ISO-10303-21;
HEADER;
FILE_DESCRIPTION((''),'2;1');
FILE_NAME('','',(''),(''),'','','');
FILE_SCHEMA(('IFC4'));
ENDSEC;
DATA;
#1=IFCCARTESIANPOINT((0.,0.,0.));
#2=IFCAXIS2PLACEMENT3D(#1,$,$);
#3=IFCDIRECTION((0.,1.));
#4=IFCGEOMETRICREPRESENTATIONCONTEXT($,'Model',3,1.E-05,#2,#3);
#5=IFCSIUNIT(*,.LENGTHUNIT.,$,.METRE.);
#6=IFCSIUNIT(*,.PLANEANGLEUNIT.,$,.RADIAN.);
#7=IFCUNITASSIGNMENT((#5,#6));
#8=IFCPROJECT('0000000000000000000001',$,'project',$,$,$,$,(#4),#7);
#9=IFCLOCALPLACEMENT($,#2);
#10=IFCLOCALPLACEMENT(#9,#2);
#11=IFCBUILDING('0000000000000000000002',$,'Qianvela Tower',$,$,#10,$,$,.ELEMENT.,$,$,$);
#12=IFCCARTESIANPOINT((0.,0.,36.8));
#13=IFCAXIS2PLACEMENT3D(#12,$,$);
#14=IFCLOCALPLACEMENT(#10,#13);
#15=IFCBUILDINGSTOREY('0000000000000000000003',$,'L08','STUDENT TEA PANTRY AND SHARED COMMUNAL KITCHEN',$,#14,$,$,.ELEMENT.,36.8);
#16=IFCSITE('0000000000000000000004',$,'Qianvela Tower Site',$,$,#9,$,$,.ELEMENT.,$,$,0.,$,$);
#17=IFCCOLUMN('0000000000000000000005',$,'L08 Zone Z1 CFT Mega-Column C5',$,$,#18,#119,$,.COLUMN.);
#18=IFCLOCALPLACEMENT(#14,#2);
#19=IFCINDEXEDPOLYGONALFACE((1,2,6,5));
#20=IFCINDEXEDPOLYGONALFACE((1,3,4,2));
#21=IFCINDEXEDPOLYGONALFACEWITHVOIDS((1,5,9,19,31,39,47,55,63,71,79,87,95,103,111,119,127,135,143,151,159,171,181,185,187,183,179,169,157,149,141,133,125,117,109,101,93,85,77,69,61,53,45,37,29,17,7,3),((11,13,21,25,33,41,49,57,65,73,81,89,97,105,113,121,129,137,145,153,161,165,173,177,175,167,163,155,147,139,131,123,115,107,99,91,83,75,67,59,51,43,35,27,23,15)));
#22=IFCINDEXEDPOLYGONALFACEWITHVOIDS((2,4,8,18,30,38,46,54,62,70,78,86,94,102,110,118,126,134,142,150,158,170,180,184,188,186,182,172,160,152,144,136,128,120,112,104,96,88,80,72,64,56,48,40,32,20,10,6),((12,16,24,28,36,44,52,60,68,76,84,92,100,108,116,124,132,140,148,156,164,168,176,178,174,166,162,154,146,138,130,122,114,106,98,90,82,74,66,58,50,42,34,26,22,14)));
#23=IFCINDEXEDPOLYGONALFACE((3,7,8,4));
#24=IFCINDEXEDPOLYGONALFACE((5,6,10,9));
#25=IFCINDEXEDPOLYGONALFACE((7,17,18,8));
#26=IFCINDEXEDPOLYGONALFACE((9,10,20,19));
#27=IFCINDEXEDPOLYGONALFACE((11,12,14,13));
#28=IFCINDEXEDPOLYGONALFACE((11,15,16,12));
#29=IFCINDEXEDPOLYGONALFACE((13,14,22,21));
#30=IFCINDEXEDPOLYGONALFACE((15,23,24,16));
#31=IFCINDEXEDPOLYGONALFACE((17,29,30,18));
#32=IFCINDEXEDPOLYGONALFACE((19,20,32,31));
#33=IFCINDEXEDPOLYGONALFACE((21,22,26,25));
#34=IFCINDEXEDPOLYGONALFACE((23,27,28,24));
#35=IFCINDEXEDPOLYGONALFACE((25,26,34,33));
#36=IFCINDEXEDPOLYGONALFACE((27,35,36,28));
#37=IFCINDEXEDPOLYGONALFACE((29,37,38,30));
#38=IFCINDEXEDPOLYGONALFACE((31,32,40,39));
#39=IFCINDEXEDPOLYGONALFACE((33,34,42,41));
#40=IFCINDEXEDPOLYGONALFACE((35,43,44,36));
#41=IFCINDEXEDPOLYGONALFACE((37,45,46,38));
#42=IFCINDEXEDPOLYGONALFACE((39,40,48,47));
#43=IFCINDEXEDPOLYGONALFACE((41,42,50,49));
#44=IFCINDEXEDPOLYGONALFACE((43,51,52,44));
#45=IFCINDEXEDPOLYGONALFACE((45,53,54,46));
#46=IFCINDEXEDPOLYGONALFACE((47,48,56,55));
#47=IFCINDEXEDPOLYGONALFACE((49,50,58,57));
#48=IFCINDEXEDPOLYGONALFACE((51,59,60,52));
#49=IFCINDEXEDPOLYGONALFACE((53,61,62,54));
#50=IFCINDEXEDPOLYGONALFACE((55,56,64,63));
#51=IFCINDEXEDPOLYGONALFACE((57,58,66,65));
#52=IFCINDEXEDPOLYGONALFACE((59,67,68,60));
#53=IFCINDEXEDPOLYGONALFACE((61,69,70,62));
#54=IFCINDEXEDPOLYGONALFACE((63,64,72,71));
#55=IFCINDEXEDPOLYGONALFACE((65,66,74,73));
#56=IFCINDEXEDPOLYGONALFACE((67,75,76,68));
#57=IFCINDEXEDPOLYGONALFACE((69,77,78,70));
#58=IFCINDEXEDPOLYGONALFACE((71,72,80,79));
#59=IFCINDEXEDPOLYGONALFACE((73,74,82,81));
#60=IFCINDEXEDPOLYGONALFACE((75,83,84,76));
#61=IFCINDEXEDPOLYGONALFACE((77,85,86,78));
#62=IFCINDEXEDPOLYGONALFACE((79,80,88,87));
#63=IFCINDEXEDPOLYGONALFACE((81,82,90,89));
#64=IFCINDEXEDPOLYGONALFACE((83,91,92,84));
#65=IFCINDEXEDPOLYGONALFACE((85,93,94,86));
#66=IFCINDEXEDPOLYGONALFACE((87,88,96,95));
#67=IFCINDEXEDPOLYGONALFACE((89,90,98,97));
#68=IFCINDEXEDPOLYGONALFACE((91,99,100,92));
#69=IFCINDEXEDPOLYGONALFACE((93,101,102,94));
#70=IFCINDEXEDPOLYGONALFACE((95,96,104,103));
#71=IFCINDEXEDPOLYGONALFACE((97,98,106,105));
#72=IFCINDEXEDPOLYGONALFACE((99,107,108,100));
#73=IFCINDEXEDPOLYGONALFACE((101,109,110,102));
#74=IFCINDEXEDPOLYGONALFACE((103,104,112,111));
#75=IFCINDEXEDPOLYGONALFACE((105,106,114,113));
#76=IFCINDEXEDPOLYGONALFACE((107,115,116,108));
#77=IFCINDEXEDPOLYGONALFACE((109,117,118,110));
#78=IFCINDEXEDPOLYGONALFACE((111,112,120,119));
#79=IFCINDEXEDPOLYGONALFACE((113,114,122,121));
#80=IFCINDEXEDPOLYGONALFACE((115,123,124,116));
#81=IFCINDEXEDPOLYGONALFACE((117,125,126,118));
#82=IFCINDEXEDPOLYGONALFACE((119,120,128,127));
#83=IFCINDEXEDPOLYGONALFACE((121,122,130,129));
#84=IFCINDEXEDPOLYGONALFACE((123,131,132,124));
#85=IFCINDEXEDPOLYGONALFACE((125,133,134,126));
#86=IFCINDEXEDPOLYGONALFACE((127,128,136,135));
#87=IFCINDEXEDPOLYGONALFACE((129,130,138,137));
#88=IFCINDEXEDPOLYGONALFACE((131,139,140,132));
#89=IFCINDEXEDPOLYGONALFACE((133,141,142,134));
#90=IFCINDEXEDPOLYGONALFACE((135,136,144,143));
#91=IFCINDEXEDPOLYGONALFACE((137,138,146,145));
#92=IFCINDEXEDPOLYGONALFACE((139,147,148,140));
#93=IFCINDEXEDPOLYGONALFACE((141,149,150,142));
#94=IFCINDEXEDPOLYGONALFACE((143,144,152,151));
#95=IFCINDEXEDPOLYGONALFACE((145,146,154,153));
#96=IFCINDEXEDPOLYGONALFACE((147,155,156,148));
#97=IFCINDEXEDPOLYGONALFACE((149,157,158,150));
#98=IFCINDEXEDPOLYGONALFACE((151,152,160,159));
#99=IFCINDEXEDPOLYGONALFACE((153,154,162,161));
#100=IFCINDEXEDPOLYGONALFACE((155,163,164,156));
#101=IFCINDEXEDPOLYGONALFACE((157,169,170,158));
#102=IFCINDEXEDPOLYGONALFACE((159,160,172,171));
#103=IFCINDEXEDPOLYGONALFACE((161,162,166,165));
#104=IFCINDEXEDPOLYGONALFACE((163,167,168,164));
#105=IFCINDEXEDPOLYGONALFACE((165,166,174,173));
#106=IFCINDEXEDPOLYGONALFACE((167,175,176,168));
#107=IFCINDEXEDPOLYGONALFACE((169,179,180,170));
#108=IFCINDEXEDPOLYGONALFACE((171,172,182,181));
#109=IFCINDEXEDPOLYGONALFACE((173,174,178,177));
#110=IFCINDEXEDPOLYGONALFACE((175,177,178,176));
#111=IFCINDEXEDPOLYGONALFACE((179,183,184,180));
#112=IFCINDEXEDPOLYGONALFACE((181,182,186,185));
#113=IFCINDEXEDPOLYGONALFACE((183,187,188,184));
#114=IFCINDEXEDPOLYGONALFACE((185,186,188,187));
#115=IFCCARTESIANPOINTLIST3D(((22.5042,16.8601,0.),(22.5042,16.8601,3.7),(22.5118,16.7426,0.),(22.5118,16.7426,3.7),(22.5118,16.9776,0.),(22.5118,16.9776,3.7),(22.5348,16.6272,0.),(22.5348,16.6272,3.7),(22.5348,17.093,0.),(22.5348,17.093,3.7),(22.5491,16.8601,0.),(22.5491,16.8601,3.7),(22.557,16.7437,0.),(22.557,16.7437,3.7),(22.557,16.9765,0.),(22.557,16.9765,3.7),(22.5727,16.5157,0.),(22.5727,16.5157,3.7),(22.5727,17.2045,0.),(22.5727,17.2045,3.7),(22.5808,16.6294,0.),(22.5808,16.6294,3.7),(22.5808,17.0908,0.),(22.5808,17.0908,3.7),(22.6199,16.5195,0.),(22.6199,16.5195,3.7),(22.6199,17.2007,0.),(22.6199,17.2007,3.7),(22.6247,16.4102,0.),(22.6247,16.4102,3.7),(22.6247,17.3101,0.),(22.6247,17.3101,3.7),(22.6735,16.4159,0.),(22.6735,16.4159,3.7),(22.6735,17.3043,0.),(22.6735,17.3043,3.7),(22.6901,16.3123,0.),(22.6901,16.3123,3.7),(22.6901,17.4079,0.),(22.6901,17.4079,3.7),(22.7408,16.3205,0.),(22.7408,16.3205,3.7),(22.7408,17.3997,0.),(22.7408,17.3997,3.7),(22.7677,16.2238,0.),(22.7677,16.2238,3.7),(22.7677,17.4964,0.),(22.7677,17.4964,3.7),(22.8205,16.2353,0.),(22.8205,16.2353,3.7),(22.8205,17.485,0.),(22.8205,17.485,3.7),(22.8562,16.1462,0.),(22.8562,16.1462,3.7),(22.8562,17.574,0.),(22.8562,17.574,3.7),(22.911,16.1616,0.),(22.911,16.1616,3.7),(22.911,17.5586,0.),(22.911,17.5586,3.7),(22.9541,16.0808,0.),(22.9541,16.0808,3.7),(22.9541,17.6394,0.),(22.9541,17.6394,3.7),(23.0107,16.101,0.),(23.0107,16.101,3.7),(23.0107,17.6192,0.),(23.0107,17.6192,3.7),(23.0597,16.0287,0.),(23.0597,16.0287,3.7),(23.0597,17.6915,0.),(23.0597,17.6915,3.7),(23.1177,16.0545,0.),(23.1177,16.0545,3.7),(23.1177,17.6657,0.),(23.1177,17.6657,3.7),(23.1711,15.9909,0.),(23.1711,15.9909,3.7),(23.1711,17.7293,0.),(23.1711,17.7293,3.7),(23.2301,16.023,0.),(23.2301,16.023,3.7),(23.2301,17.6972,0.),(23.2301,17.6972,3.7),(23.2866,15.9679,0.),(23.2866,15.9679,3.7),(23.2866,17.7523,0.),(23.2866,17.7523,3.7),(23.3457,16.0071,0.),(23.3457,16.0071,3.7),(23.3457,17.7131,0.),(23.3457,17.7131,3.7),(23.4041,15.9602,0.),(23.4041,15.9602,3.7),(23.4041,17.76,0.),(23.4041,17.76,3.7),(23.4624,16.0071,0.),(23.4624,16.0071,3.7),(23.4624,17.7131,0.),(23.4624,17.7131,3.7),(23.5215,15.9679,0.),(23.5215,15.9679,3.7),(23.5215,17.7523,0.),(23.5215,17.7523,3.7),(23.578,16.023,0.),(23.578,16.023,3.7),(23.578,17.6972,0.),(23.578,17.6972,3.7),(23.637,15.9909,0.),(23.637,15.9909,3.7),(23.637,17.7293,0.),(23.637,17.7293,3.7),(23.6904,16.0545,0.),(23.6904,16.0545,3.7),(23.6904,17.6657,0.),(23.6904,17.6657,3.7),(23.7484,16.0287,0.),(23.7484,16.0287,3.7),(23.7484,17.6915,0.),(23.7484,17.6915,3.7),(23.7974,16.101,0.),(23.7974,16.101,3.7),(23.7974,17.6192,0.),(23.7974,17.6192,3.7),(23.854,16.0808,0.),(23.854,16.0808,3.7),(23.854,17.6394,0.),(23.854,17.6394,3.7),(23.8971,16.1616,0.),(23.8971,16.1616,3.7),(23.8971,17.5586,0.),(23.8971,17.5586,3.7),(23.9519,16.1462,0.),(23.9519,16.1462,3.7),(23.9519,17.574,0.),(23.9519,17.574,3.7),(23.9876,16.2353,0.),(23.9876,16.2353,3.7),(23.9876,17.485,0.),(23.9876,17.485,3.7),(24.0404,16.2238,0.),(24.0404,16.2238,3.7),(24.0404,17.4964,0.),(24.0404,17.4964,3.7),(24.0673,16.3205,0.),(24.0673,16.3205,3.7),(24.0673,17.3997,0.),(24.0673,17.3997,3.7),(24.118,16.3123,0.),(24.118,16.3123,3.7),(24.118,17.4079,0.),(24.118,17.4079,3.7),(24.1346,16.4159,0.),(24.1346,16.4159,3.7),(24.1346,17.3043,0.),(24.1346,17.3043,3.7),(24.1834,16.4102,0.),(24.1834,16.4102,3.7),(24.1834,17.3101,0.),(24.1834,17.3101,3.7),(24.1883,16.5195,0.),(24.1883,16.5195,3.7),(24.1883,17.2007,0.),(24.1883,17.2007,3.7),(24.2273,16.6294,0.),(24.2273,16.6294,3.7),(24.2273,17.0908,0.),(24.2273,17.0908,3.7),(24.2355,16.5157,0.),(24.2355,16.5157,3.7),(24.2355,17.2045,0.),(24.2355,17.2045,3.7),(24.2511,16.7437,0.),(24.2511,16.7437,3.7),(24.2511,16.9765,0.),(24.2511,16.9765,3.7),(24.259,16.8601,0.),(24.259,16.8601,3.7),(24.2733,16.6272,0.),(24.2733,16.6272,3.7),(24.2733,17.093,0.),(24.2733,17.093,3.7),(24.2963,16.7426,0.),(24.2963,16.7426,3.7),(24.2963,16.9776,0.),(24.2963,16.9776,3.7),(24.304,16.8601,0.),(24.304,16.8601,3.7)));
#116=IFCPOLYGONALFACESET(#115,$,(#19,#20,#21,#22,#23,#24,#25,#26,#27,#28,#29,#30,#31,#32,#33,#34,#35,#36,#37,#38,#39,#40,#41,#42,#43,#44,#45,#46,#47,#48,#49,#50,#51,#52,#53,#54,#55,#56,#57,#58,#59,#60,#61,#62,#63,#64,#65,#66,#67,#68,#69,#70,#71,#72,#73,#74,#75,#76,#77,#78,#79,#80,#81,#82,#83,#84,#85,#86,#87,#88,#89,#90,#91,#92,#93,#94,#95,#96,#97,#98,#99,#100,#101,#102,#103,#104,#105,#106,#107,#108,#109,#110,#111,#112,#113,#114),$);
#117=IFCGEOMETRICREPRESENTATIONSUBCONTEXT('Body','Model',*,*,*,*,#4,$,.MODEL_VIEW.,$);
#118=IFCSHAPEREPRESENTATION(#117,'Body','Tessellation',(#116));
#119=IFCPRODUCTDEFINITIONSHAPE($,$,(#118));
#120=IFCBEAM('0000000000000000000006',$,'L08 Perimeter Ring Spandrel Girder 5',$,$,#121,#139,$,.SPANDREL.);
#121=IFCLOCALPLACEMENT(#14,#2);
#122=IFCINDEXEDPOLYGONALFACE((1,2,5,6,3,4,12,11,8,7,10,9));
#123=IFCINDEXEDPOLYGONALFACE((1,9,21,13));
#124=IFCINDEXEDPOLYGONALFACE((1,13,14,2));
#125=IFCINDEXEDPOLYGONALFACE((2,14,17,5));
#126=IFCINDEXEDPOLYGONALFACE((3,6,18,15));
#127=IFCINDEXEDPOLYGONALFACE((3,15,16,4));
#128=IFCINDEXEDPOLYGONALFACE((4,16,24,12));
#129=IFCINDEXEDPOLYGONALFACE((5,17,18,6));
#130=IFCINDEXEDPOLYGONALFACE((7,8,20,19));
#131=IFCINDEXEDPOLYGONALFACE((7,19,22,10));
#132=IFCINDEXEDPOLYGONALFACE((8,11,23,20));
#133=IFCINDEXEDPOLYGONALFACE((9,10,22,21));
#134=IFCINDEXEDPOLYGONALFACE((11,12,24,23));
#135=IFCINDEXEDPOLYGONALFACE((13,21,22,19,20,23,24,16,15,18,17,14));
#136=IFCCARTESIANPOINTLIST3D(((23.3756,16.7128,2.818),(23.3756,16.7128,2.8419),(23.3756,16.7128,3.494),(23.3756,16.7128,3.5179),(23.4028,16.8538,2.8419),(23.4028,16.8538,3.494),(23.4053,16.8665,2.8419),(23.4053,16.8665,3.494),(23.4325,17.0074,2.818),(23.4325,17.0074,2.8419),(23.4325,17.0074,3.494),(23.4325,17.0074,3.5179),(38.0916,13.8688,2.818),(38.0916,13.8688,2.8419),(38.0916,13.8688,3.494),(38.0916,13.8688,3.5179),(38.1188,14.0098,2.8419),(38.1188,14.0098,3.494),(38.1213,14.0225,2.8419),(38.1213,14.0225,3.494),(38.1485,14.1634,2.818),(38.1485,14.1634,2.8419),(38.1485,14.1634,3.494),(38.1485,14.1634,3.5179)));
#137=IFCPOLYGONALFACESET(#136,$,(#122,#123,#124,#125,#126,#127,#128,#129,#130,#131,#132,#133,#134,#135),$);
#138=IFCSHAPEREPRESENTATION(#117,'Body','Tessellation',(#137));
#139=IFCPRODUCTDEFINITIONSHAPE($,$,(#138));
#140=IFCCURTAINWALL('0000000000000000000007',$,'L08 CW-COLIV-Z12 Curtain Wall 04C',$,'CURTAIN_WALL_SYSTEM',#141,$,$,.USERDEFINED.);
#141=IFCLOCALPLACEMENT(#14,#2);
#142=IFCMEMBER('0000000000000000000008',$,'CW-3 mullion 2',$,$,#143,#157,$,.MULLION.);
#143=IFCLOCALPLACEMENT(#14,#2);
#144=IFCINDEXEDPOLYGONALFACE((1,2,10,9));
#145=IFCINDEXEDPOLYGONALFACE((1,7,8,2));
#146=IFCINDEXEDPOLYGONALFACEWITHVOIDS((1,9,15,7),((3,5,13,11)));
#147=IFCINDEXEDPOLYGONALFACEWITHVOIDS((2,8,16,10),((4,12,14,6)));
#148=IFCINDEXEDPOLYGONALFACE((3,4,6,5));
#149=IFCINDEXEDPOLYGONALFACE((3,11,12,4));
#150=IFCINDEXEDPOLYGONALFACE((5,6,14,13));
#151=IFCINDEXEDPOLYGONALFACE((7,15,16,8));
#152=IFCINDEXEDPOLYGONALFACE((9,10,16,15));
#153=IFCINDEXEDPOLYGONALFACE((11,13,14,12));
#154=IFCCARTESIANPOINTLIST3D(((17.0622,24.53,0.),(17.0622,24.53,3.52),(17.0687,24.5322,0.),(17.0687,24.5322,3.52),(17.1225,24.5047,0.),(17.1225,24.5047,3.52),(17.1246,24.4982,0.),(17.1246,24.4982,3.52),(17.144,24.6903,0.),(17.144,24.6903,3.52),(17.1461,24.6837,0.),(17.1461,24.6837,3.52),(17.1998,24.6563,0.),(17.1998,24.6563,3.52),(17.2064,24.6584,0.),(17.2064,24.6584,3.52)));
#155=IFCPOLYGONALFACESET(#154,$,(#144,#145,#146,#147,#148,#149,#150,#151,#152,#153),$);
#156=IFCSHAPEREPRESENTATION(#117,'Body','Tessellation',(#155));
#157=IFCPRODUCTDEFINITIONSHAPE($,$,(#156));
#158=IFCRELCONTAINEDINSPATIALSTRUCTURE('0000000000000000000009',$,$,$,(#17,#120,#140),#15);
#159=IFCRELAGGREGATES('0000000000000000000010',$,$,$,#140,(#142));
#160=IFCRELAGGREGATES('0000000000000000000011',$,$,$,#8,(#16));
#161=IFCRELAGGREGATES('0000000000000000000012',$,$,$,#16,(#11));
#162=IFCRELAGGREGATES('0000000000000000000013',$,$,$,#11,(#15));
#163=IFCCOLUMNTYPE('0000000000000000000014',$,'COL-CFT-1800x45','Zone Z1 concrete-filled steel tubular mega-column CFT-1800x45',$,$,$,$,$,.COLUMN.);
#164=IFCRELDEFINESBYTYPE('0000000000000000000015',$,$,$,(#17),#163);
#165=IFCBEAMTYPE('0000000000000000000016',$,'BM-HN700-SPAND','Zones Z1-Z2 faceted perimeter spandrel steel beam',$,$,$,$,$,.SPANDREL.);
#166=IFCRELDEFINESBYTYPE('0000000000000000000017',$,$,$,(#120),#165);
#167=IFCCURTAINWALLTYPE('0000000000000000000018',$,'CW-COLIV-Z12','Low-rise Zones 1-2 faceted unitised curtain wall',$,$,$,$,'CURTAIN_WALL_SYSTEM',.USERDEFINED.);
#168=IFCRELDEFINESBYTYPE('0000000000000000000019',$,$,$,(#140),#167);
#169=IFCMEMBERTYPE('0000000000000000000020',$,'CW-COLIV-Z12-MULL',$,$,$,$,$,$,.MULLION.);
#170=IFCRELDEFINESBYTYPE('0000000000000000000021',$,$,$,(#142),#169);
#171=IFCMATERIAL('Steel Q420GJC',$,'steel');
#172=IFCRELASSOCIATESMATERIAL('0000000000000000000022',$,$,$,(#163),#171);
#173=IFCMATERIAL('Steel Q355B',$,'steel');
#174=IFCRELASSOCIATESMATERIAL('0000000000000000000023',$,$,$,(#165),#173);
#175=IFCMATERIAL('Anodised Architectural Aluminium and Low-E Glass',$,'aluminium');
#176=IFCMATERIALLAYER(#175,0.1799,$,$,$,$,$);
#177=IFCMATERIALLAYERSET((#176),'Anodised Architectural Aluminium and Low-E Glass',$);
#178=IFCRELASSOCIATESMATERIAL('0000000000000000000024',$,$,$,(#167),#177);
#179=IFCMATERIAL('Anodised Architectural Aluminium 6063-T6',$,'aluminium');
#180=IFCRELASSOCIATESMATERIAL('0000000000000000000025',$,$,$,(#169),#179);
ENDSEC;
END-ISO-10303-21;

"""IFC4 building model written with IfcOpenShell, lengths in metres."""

from ifc_helpers import new_model, si_unit, direction, frame, origin, origin_2d, place, context, subcontext, project, spatial, hollow_rectangle, hollow_circle, i_section, extrude, material, layer, layer_set, material_profile, profile_set, type_object, element, aggregate, save


model = new_model("IFC4")

# Units and contexts
model_context = context("Model", 3, precision=1e-05, world=origin(), true_north=direction((0.0, 1.0)))
body_context = subcontext(model_context, "Body", "Model", "MODEL_VIEW")
ifc_project = project(units=[si_unit("LENGTHUNIT", "METRE"), si_unit("PLANEANGLEUNIT", "RADIAN")], contexts=[model_context])

# Site, building, storey
site_placement = place(None, origin())
site = spatial("IfcSite", under=ifc_project, at=site_placement, Name="Qianvela Tower Site", CompositionType="ELEMENT", RefElevation=0.0)
building_placement = place(site_placement, origin())
building = spatial("IfcBuilding", under=site, at=building_placement, Name="Qianvela Tower", CompositionType="ELEMENT")
storey_placement = place(building_placement, frame((0.0, 0.0, 36.8)))
storey = spatial("IfcBuildingStorey", under=building, at=storey_placement, Name="L08", Description="STUDENT TEA PANTRY AND SHARED COMMUNAL KITCHEN", CompositionType="ELEMENT", Elevation=36.8)

# Column
ifc_material_1 = material(Name="Steel Q420GJC", Category="steel")
ifc_material_profile_1 = material_profile(ifc_material_1, hollow_circle(Radius=0.8999, WallThickness=0.0449, at=origin_2d()), Name="CFT-1800x45")
ifc_profile_set_1 = profile_set([ifc_material_profile_1], Name="Steel Q420GJC")
column_type = type_object("IfcColumnType", Name="COL-CFT-1800x45", Description="Zone Z1 concrete-filled steel tubular mega-column CFT-1800x45", PredefinedType="COLUMN", material=ifc_profile_set_1)
column_placement = place(storey_placement, frame((23.4041, 16.8601, 0.0), z_axis=(0.0, 0.0, 1.0), x_axis=(1.0, 0.0, 0.0)))
element("IfcColumn", 1, at=column_placement, inside=storey, type_object=column_type, Name="L08 Zone Z1 CFT Mega-Column C5", PredefinedType="COLUMN", context=body_context, shape_type="SweptSolid", body=[
    extrude(hollow_circle(Radius=0.8999, WallThickness=0.0449, at=origin_2d()), origin(), (0.0, 0.0, 1.0), 3.7),
])

# Beam
ifc_material_2 = material(Name="Steel Q355B", Category="steel")
ifc_material_profile_2 = material_profile(ifc_material_2, i_section(OverallWidth=0.3, OverallDepth=0.7, WebThickness=0.0129, FlangeThickness=0.0239, at=origin_2d()), Name="HN700x300x13x24")
ifc_profile_set_2 = profile_set([ifc_material_profile_2], Name="Steel Q355B")
beam_type = type_object("IfcBeamType", Name="BM-HN700-SPAND", Description="Zones Z1-Z2 faceted perimeter spandrel steel beam", PredefinedType="SPANDREL", material=ifc_profile_set_2)
beam_placement = place(storey_placement, frame((23.4041, 16.8601, 3.168), z_axis=(0.981833, -0.189747, 0.0), x_axis=(0.189747, 0.981833, 0.0)))
element("IfcBeam", 2, at=beam_placement, inside=storey, type_object=beam_type, Name="L08 Perimeter Ring Spandrel Girder 5", PredefinedType="SPANDREL", context=body_context, shape_type="SweptSolid", body=[
    extrude(i_section(OverallWidth=0.3, OverallDepth=0.7, WebThickness=0.0129, FlangeThickness=0.0239, at=origin_2d()), origin(), (0.0, 0.0, 1.0), 14.9883),
])

# Curtain wall, member
ifc_material_3 = material(Name="Anodised Architectural Aluminium and Low-E Glass", Category="aluminium")
ifc_layer_1 = layer(ifc_material_3, 0.1799)
ifc_layer_set_1 = layer_set([ifc_layer_1], Name="Anodised Architectural Aluminium and Low-E Glass")
curtain_wall_type = type_object("IfcCurtainWallType", Name="CW-COLIV-Z12", Description="Low-rise Zones 1-2 faceted unitised curtain wall", ElementType="CURTAIN_WALL_SYSTEM", PredefinedType="USERDEFINED", material=ifc_layer_set_1)
curtain_wall_placement = place(storey_placement, origin())
curtain_wall = element("IfcCurtainWall", 3, at=curtain_wall_placement, inside=storey, type_object=curtain_wall_type, Name="L08 CW-COLIV-Z12 Curtain Wall 04C", ObjectType="CURTAIN_WALL_SYSTEM", PredefinedType="USERDEFINED")
ifc_material_4 = material(Name="Anodised Architectural Aluminium 6063-T6", Category="aluminium")
ifc_material_profile_3 = material_profile(ifc_material_4, hollow_rectangle(XDim=0.0701, YDim=0.1799, WallThickness=0.0049, at=origin_2d()), Name="ALU-MULL-70x180")
ifc_profile_set_3 = profile_set([ifc_material_profile_3], Name="Anodised Architectural Aluminium 6063-T6")
member_type = type_object("IfcMemberType", Name="CW-COLIV-Z12-MULL", PredefinedType="MULLION", material=ifc_profile_set_3)
member_placement = place(storey_placement, frame((17.1343, 24.5942, 0.0), z_axis=(0.0, 0.0, 1.0), x_axis=(0.890685, -0.45462, 0.0)))
member = element("IfcMember", 4, at=member_placement, type_object=member_type, Name="CW-3 mullion 2", PredefinedType="MULLION", context=body_context, shape_type="SweptSolid", body=[
    extrude(hollow_rectangle(XDim=0.0701, YDim=0.1799, WallThickness=0.0049, at=origin_2d()), origin(), (0.0, 0.0, 1.0), 3.52),
])
aggregate(curtain_wall, [member])

save(model, "model.ifc")
